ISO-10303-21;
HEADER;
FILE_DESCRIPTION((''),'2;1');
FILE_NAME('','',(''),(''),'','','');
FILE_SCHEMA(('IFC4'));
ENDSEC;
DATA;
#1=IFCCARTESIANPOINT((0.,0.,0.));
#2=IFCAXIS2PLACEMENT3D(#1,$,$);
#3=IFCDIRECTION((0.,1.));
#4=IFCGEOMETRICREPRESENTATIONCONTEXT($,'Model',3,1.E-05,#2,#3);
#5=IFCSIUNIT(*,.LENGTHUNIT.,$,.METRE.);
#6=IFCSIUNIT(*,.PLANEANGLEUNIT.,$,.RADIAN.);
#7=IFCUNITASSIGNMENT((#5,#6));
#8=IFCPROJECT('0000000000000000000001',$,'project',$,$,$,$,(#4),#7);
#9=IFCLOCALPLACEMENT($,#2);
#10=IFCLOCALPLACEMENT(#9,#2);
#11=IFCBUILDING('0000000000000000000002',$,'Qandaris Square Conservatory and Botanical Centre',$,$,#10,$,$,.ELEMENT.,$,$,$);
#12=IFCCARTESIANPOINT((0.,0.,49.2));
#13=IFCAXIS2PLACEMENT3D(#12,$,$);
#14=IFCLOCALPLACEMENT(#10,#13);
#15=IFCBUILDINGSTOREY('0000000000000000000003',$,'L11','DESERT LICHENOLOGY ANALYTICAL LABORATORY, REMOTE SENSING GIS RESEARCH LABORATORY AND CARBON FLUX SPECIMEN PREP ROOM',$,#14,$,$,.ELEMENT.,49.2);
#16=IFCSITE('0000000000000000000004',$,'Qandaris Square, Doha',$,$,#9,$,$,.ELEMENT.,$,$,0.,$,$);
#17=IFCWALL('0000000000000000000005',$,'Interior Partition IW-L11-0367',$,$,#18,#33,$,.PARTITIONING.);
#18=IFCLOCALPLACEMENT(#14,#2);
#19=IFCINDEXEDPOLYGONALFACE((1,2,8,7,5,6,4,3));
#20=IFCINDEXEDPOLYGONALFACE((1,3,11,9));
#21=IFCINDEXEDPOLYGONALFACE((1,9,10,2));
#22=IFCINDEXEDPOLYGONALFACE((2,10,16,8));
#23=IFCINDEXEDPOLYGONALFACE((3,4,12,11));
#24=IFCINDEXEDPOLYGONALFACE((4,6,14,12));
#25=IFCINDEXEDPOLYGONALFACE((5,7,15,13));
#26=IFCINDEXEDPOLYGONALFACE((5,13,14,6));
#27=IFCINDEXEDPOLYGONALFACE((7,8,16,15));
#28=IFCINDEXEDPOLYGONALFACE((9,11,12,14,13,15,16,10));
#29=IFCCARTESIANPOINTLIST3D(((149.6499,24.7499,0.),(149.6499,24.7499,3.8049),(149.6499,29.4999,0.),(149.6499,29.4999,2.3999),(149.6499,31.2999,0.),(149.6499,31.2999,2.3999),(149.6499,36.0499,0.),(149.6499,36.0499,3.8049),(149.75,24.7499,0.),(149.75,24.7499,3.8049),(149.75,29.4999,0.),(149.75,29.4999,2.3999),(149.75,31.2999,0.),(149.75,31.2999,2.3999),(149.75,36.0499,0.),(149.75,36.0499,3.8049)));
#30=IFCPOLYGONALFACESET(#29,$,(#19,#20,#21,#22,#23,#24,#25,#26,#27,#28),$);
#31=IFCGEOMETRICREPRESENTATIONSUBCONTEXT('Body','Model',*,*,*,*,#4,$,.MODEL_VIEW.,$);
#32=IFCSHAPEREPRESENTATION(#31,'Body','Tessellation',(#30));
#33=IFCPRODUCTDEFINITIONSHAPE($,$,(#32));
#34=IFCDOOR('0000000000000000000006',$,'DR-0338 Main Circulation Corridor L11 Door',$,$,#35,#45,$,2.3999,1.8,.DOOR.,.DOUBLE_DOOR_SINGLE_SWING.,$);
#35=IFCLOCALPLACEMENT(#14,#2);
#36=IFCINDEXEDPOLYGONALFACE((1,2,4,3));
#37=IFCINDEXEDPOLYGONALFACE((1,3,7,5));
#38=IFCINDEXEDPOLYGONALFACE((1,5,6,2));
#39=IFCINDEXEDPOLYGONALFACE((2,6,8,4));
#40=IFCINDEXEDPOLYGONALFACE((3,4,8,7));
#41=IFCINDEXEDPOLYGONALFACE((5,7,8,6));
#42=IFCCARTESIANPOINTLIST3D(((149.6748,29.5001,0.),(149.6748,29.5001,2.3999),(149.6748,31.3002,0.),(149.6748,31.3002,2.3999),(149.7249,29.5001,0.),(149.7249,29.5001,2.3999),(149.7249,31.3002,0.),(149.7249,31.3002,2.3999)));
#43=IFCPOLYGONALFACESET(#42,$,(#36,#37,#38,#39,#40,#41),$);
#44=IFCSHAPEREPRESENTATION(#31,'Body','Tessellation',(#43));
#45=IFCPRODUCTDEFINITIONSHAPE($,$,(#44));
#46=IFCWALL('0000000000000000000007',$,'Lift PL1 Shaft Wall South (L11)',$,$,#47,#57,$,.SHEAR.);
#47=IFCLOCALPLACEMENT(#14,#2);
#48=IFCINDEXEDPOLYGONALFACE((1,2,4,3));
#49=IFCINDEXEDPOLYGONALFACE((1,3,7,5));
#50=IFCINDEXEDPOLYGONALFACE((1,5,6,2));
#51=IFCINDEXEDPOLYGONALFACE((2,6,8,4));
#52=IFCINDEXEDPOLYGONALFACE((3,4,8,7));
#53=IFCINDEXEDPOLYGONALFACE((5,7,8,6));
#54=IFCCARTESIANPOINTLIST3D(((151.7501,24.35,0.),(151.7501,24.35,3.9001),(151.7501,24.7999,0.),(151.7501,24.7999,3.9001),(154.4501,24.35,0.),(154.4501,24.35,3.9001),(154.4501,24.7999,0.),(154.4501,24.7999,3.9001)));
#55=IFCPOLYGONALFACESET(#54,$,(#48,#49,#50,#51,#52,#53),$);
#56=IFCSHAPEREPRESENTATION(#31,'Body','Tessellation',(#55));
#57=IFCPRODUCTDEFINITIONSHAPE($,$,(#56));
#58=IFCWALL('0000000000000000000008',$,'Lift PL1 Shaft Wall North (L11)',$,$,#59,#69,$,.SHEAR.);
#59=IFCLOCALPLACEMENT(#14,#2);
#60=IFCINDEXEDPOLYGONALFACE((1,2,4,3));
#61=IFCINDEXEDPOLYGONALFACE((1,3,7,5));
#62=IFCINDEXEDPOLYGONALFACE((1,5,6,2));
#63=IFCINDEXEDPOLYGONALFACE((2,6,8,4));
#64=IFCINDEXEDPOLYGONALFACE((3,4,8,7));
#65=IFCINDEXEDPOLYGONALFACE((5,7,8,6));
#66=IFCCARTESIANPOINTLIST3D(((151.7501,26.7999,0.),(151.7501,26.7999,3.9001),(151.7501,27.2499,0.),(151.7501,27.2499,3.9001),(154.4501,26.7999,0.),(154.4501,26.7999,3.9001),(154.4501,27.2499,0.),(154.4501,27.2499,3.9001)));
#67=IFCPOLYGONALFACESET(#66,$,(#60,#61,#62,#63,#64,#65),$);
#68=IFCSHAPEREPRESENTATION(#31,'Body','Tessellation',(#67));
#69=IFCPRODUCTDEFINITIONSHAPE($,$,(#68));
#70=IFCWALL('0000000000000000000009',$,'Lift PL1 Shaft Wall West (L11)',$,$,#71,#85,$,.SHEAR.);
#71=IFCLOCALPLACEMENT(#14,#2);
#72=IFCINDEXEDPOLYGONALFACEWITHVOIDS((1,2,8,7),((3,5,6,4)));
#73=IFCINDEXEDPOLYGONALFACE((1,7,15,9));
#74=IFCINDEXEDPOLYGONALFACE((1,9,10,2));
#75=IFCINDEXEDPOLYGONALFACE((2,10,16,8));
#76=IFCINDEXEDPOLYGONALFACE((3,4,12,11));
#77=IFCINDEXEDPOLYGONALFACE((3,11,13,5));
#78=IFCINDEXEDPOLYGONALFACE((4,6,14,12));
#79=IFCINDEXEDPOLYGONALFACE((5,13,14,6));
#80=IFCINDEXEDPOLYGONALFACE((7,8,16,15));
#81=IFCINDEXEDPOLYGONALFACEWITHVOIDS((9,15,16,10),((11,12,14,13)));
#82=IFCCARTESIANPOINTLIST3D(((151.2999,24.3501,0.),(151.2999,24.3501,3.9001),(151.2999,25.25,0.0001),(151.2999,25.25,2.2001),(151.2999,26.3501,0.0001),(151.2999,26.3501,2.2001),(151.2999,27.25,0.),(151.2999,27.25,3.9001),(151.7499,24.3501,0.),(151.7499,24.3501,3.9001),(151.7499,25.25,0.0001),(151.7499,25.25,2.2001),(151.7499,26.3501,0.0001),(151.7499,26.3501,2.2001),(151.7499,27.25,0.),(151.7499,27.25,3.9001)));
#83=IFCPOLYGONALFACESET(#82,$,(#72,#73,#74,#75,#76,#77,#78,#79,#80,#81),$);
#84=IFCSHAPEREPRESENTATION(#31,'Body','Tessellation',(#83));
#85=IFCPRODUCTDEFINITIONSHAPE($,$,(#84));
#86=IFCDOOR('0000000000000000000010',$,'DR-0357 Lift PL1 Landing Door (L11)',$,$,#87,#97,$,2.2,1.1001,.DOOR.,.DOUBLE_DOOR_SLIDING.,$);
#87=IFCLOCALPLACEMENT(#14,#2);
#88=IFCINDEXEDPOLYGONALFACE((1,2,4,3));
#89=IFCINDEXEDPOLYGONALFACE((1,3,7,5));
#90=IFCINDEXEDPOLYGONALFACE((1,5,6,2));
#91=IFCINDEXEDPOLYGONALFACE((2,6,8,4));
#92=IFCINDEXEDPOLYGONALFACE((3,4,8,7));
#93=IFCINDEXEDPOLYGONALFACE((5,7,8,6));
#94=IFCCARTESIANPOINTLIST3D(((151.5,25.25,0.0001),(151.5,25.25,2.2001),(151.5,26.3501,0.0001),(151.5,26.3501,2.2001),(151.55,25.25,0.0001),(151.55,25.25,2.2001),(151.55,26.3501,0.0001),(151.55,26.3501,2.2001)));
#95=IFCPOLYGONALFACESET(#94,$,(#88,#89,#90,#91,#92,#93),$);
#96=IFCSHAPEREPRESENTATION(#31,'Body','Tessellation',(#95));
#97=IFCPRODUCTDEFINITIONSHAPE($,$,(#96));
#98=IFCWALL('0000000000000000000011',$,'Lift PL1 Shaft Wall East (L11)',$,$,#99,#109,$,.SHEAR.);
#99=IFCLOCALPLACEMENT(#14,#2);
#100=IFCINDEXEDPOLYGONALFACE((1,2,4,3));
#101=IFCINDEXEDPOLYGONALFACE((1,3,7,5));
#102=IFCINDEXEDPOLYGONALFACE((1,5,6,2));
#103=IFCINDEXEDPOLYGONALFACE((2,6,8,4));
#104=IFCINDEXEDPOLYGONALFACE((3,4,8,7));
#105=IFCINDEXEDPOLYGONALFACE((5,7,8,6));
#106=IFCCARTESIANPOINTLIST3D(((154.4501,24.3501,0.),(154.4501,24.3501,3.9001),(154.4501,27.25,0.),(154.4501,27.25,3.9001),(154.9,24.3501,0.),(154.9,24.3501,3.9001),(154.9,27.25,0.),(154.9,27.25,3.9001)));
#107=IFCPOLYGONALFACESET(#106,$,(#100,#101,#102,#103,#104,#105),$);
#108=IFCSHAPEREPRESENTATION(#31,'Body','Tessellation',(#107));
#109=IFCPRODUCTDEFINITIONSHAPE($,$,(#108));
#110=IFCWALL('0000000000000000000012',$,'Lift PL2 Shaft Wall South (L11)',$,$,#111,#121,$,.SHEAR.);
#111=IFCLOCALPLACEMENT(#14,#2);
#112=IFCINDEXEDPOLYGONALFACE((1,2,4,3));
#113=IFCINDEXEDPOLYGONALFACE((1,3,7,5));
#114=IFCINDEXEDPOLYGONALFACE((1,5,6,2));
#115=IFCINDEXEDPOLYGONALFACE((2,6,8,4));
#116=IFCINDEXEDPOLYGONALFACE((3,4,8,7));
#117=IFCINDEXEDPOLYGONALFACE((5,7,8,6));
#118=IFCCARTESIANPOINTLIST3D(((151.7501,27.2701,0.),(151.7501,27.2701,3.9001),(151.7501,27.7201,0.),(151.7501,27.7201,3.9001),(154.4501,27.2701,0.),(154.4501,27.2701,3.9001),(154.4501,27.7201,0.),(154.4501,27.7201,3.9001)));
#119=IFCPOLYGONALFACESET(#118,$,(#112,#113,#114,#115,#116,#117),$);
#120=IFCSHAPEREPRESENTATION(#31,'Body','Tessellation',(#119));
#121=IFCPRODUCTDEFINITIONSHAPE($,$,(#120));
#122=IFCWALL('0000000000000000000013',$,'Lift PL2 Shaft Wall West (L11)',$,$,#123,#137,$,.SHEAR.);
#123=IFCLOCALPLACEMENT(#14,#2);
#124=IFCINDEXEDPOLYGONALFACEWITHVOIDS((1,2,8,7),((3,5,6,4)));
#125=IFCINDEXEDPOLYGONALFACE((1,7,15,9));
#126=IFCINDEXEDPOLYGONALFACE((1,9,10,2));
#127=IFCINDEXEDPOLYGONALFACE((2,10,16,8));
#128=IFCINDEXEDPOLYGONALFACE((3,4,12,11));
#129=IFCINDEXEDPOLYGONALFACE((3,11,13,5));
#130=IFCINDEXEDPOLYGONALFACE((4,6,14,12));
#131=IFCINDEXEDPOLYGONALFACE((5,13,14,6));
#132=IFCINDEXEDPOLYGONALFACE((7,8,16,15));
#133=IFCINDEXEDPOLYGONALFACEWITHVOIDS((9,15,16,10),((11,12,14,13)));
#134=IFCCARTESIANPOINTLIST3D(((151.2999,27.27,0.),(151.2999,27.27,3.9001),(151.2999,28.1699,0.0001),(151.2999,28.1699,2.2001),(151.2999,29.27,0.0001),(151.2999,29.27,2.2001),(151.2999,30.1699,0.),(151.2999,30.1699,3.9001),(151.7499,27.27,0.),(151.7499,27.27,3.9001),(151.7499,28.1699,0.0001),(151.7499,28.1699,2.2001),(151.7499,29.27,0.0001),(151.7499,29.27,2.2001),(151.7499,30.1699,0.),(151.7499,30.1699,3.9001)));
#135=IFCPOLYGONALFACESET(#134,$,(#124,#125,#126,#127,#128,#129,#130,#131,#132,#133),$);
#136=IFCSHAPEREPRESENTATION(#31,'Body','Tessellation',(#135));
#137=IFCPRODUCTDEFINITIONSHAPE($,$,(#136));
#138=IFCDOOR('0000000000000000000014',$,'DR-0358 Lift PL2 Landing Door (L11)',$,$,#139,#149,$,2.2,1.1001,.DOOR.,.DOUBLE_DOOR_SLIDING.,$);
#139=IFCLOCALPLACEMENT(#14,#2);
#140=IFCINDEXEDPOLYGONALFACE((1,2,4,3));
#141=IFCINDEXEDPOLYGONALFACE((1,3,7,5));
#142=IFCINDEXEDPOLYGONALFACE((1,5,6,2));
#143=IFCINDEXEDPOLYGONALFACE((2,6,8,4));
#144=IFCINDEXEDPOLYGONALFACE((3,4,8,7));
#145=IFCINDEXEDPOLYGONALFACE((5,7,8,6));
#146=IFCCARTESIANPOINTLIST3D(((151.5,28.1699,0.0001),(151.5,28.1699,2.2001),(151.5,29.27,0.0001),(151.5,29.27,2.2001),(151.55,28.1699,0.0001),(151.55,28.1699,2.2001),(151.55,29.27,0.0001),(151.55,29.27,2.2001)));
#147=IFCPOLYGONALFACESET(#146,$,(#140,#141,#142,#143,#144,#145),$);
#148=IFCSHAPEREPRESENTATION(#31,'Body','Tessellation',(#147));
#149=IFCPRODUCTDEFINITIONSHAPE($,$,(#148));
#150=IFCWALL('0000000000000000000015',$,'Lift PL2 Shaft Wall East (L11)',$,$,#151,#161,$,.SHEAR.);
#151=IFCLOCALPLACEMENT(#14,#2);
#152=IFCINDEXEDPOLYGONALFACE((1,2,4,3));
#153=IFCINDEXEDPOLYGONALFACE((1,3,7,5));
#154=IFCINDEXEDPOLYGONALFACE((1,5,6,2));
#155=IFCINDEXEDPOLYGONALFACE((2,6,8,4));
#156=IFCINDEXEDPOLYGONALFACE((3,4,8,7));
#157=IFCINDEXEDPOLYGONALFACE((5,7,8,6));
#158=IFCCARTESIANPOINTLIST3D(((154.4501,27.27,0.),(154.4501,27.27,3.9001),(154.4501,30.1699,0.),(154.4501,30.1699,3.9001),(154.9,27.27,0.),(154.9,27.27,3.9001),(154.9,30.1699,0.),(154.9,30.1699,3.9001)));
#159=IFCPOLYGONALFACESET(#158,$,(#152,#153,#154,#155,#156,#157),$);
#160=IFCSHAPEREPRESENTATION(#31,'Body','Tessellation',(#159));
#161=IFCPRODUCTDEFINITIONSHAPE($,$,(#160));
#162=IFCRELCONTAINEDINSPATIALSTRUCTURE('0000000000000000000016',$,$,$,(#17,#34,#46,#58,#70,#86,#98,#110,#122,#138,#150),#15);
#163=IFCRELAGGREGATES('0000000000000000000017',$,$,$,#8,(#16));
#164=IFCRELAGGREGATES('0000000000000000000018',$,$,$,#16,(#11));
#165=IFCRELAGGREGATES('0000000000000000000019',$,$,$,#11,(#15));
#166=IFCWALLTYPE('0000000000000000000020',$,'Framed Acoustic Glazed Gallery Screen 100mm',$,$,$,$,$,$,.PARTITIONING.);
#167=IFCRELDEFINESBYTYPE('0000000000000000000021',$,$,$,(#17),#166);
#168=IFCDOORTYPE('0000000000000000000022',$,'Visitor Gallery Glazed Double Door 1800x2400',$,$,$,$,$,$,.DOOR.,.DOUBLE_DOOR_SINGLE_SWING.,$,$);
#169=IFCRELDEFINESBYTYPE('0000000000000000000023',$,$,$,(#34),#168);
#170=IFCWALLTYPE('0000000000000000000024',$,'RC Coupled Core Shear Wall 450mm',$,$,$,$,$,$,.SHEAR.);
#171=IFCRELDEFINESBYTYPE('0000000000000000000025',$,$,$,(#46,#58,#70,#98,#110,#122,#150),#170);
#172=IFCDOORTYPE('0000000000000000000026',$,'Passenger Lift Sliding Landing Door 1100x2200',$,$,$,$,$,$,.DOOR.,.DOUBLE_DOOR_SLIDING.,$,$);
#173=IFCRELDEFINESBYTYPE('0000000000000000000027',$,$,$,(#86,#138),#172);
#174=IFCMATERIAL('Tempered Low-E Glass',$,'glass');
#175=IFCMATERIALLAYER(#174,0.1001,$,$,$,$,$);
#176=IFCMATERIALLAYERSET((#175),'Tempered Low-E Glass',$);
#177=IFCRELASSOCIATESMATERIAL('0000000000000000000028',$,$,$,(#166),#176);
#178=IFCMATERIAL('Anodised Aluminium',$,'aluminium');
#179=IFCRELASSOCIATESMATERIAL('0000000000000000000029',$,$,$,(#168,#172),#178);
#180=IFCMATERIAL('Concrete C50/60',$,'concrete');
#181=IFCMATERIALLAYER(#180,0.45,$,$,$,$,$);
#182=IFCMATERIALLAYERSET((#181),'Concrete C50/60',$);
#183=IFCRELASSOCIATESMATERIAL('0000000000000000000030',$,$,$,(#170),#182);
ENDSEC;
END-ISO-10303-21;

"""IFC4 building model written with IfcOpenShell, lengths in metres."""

from ifc_helpers import new_model, si_unit, direction, frame, frame_2d, origin, place, context, subcontext, project, spatial, rectangle, extrude, material, layer, layer_set, type_object, element, fill, save


model = new_model("IFC4")

# Units and contexts
model_context = context("Model", 3, precision=1e-05, world=origin(), true_north=direction((0.0, 1.0)))
body_context = subcontext(model_context, "Body", "Model", "MODEL_VIEW")
ifc_project = project(units=[si_unit("LENGTHUNIT", "METRE"), si_unit("PLANEANGLEUNIT", "RADIAN")], contexts=[model_context])

# Site, building, storey
site_placement = place(None, origin())
site = spatial("IfcSite", under=ifc_project, at=site_placement, Name="Qandaris Square, Doha", CompositionType="ELEMENT", RefElevation=0.0)
building_placement = place(site_placement, origin())
building = spatial("IfcBuilding", under=site, at=building_placement, Name="Qandaris Square Conservatory and Botanical Centre", CompositionType="ELEMENT")
storey_placement = place(building_placement, frame((0.0, 0.0, 49.2)))
storey = spatial("IfcBuildingStorey", under=building, at=storey_placement, Name="L11", Description="DESERT LICHENOLOGY ANALYTICAL LABORATORY, REMOTE SENSING GIS RESEARCH LABORATORY AND CARBON FLUX SPECIMEN PREP ROOM", CompositionType="ELEMENT", Elevation=49.2)

# Shared definitions
ifc_material_1 = material(Name="Concrete C50/60", Category="concrete")

# Shared definitions
ifc_material_2 = material(Name="Tempered Low-E Glass", Category="glass")

# Wall, opening, door
ifc_layer_1 = layer(ifc_material_2, 0.1001)
ifc_layer_set_1 = layer_set([ifc_layer_1], Name="Tempered Low-E Glass")
wall_type_1 = type_object("IfcWallType", Name="Framed Acoustic Glazed Gallery Screen 100mm", PredefinedType="PARTITIONING", material=ifc_layer_set_1)
wall_1_placement = place(storey_placement, frame((149.7, 24.75, 0.0), z_axis=(0.0, 0.0, 1.0), x_axis=(0.0, 1.0, 0.0)))
wall_1 = element("IfcWall", 1, at=wall_1_placement, inside=storey, type_object=wall_type_1, Name="Interior Partition IW-L11-0367", PredefinedType="PARTITIONING", context=body_context, shape_type="SweptSolid", body=[
    extrude(rectangle(XDim=11.3, YDim=0.1001, at=frame_2d((5.6499, 0.0))), origin(), (0.0, 0.0, 1.0), 3.8049),
])
opening_1_placement = place(wall_1_placement, frame((4.75, 0.0, 0.0)))
opening_1 = element("IfcOpeningElement", 2, at=opening_1_placement, cuts=wall_1, PredefinedType="OPENING", context=body_context, shape_type="SweptSolid", body=[
    extrude(rectangle(XDim=1.8, YDim=2.3999, at=frame_2d((0.8999, 1.2))), frame((0.0, 0.062, 0.0), z_axis=(0.0, -1.0, 0.0), x_axis=(1.0, 0.0, 0.0)), (0.0, 0.0, 1.0), 0.124),
])
ifc_material_3 = material(Name="Anodised Aluminium", Category="aluminium")
door_type_1 = type_object("IfcDoorType", Name="Visitor Gallery Glazed Double Door 1800x2400", OperationType="DOUBLE_DOOR_SINGLE_SWING", PredefinedType="DOOR", material=ifc_material_3)
door_1_placement = place(opening_1_placement, frame((1.8, 0.0, 0.0), z_axis=(0.0, 0.0, 1.0), x_axis=(-1.0, 0.0, 0.0)))
door_1 = element("IfcDoor", 3, at=door_1_placement, inside=storey, type_object=door_type_1, Name="DR-0338 Main Circulation Corridor L11 Door", OperationType="DOUBLE_DOOR_SINGLE_SWING", OverallHeight=2.3999, OverallWidth=1.8, PredefinedType="DOOR", context=body_context, shape_type="SweptSolid", body=[
    extrude(rectangle(XDim=1.8, YDim=2.3999, at=frame_2d((0.8999, 1.2))), frame((0.0, 0.0249, 0.0), z_axis=(0.0, -1.0, 0.0), x_axis=(1.0, 0.0, 0.0)), (0.0, 0.0, 1.0), 0.05),
])
fill(opening_1, door_1)

# Walls
ifc_layer_2 = layer(ifc_material_1, 0.45)
ifc_layer_set_2 = layer_set([ifc_layer_2], Name="Concrete C50/60")
wall_type_2 = type_object("IfcWallType", Name="RC Coupled Core Shear Wall 450mm", PredefinedType="SHEAR", material=ifc_layer_set_2)
for number, where, z_axis, x_axis, name in (
    (4, (151.75, 24.575, 0.0), (0.0, 0.0, 1.0), (1.0, 0.0, 0.0), "Lift PL1 Shaft Wall South (L11)"),
    (5, (151.75, 27.0249, 0.0), (0.0, 0.0, 1.0), (1.0, 0.0, 0.0), "Lift PL1 Shaft Wall North (L11)"),
):
    element("IfcWall", number, at=place(storey_placement, frame(where, z_axis=z_axis, x_axis=x_axis)), inside=storey, type_object=wall_type_2, Name=name, PredefinedType="SHEAR", context=body_context, shape_type="SweptSolid", body=[
        extrude(rectangle(XDim=2.7, YDim=0.45, at=frame_2d((1.3501, 0.0))), origin(), (0.0, 0.0, 1.0), 3.9001),
    ])

# Wall, opening, door
wall_2_placement = place(storey_placement, frame((151.5249, 24.3501, 0.0), z_axis=(0.0, 0.0, 1.0), x_axis=(0.0, 1.0, 0.0)))
wall_2 = element("IfcWall", 6, at=wall_2_placement, inside=storey, type_object=wall_type_2, Name="Lift PL1 Shaft Wall West (L11)", PredefinedType="SHEAR", context=body_context, shape_type="SweptSolid", body=[
    extrude(rectangle(XDim=2.8999, YDim=0.45, at=frame_2d((1.45, 0.0))), origin(), (0.0, 0.0, 1.0), 3.9001),
])
opening_2_placement = place(wall_2_placement, frame((0.8999, 0.0, 0.0)))
opening_2 = element("IfcOpeningElement", 7, at=opening_2_placement, cuts=wall_2, PredefinedType="OPENING", context=body_context, shape_type="SweptSolid", body=[
    extrude(rectangle(XDim=1.1001, YDim=2.2, at=frame_2d((0.55, 1.1001))), frame((0.0, 0.2368, 0.0), z_axis=(0.0, -1.0, 0.0), x_axis=(1.0, 0.0, 0.0)), (0.0, 0.0, 1.0), 0.4739),
])
door_type_2 = type_object("IfcDoorType", Name="Passenger Lift Sliding Landing Door 1100x2200", OperationType="DOUBLE_DOOR_SLIDING", PredefinedType="DOOR", material=ifc_material_3)
door_2_placement = place(opening_2_placement, origin())
door_2 = element("IfcDoor", 8, at=door_2_placement, inside=storey, type_object=door_type_2, Name="DR-0357 Lift PL1 Landing Door (L11)", OperationType="DOUBLE_DOOR_SLIDING", OverallHeight=2.2, OverallWidth=1.1001, PredefinedType="DOOR", context=body_context, shape_type="SweptSolid", body=[
    extrude(rectangle(XDim=1.1001, YDim=2.2, at=frame_2d((0.55, 1.1001))), frame((0.0, 0.0249, 0.0), z_axis=(0.0, -1.0, 0.0), x_axis=(1.0, 0.0, 0.0)), (0.0, 0.0, 1.0), 0.05),
])
fill(opening_2, door_2)

# Walls
wall_3_placement = place(storey_placement, frame((154.675, 24.3501, 0.0), z_axis=(0.0, 0.0, 1.0), x_axis=(0.0, 1.0, 0.0)))
element("IfcWall", 9, at=wall_3_placement, inside=storey, type_object=wall_type_2, Name="Lift PL1 Shaft Wall East (L11)", PredefinedType="SHEAR", context=body_context, shape_type="SweptSolid", body=[
    extrude(rectangle(XDim=2.8999, YDim=0.45, at=frame_2d((1.45, 0.0))), origin(), (0.0, 0.0, 1.0), 3.9001),
])
wall_4_placement = place(storey_placement, frame((151.75, 27.4951, 0.0), z_axis=(0.0, 0.0, 1.0), x_axis=(1.0, 0.0, 0.0)))
element("IfcWall", 10, at=wall_4_placement, inside=storey, type_object=wall_type_2, Name="Lift PL2 Shaft Wall South (L11)", PredefinedType="SHEAR", context=body_context, shape_type="SweptSolid", body=[
    extrude(rectangle(XDim=2.7, YDim=0.45, at=frame_2d((1.3501, 0.0))), origin(), (0.0, 0.0, 1.0), 3.9001),
])

# Wall, opening, door
wall_5_placement = place(storey_placement, frame((151.5249, 27.27, 0.0), z_axis=(0.0, 0.0, 1.0), x_axis=(0.0, 1.0, 0.0)))
wall_5 = element("IfcWall", 11, at=wall_5_placement, inside=storey, type_object=wall_type_2, Name="Lift PL2 Shaft Wall West (L11)", PredefinedType="SHEAR", context=body_context, shape_type="SweptSolid", body=[
    extrude(rectangle(XDim=2.8999, YDim=0.45, at=frame_2d((1.45, 0.0))), origin(), (0.0, 0.0, 1.0), 3.9001),
])
opening_3_placement = place(wall_5_placement, frame((0.8999, 0.0, 0.0)))
opening_3 = element("IfcOpeningElement", 12, at=opening_3_placement, cuts=wall_5, PredefinedType="OPENING", context=body_context, shape_type="SweptSolid", body=[
    extrude(rectangle(XDim=1.1001, YDim=2.2, at=frame_2d((0.55, 1.1001))), frame((0.0, 0.2368, 0.0), z_axis=(0.0, -1.0, 0.0), x_axis=(1.0, 0.0, 0.0)), (0.0, 0.0, 1.0), 0.4739),
])
door_3_placement = place(opening_3_placement, origin())
door_3 = element("IfcDoor", 13, at=door_3_placement, inside=storey, type_object=door_type_2, Name="DR-0358 Lift PL2 Landing Door (L11)", OperationType="DOUBLE_DOOR_SLIDING", OverallHeight=2.2, OverallWidth=1.1001, PredefinedType="DOOR", context=body_context, shape_type="SweptSolid", body=[
    extrude(rectangle(XDim=1.1001, YDim=2.2, at=frame_2d((0.55, 1.1001))), frame((0.0, 0.0249, 0.0), z_axis=(0.0, -1.0, 0.0), x_axis=(1.0, 0.0, 0.0)), (0.0, 0.0, 1.0), 0.05),
])
fill(opening_3, door_3)

# Wall
wall_6_placement = place(storey_placement, frame((154.675, 27.27, 0.0), z_axis=(0.0, 0.0, 1.0), x_axis=(0.0, 1.0, 0.0)))
element("IfcWall", 14, at=wall_6_placement, inside=storey, type_object=wall_type_2, Name="Lift PL2 Shaft Wall East (L11)", PredefinedType="SHEAR", context=body_context, shape_type="SweptSolid", body=[
    extrude(rectangle(XDim=2.8999, YDim=0.45, at=frame_2d((1.45, 0.0))), origin(), (0.0, 0.0, 1.0), 3.9001),
])

save(model, "model.ifc")
